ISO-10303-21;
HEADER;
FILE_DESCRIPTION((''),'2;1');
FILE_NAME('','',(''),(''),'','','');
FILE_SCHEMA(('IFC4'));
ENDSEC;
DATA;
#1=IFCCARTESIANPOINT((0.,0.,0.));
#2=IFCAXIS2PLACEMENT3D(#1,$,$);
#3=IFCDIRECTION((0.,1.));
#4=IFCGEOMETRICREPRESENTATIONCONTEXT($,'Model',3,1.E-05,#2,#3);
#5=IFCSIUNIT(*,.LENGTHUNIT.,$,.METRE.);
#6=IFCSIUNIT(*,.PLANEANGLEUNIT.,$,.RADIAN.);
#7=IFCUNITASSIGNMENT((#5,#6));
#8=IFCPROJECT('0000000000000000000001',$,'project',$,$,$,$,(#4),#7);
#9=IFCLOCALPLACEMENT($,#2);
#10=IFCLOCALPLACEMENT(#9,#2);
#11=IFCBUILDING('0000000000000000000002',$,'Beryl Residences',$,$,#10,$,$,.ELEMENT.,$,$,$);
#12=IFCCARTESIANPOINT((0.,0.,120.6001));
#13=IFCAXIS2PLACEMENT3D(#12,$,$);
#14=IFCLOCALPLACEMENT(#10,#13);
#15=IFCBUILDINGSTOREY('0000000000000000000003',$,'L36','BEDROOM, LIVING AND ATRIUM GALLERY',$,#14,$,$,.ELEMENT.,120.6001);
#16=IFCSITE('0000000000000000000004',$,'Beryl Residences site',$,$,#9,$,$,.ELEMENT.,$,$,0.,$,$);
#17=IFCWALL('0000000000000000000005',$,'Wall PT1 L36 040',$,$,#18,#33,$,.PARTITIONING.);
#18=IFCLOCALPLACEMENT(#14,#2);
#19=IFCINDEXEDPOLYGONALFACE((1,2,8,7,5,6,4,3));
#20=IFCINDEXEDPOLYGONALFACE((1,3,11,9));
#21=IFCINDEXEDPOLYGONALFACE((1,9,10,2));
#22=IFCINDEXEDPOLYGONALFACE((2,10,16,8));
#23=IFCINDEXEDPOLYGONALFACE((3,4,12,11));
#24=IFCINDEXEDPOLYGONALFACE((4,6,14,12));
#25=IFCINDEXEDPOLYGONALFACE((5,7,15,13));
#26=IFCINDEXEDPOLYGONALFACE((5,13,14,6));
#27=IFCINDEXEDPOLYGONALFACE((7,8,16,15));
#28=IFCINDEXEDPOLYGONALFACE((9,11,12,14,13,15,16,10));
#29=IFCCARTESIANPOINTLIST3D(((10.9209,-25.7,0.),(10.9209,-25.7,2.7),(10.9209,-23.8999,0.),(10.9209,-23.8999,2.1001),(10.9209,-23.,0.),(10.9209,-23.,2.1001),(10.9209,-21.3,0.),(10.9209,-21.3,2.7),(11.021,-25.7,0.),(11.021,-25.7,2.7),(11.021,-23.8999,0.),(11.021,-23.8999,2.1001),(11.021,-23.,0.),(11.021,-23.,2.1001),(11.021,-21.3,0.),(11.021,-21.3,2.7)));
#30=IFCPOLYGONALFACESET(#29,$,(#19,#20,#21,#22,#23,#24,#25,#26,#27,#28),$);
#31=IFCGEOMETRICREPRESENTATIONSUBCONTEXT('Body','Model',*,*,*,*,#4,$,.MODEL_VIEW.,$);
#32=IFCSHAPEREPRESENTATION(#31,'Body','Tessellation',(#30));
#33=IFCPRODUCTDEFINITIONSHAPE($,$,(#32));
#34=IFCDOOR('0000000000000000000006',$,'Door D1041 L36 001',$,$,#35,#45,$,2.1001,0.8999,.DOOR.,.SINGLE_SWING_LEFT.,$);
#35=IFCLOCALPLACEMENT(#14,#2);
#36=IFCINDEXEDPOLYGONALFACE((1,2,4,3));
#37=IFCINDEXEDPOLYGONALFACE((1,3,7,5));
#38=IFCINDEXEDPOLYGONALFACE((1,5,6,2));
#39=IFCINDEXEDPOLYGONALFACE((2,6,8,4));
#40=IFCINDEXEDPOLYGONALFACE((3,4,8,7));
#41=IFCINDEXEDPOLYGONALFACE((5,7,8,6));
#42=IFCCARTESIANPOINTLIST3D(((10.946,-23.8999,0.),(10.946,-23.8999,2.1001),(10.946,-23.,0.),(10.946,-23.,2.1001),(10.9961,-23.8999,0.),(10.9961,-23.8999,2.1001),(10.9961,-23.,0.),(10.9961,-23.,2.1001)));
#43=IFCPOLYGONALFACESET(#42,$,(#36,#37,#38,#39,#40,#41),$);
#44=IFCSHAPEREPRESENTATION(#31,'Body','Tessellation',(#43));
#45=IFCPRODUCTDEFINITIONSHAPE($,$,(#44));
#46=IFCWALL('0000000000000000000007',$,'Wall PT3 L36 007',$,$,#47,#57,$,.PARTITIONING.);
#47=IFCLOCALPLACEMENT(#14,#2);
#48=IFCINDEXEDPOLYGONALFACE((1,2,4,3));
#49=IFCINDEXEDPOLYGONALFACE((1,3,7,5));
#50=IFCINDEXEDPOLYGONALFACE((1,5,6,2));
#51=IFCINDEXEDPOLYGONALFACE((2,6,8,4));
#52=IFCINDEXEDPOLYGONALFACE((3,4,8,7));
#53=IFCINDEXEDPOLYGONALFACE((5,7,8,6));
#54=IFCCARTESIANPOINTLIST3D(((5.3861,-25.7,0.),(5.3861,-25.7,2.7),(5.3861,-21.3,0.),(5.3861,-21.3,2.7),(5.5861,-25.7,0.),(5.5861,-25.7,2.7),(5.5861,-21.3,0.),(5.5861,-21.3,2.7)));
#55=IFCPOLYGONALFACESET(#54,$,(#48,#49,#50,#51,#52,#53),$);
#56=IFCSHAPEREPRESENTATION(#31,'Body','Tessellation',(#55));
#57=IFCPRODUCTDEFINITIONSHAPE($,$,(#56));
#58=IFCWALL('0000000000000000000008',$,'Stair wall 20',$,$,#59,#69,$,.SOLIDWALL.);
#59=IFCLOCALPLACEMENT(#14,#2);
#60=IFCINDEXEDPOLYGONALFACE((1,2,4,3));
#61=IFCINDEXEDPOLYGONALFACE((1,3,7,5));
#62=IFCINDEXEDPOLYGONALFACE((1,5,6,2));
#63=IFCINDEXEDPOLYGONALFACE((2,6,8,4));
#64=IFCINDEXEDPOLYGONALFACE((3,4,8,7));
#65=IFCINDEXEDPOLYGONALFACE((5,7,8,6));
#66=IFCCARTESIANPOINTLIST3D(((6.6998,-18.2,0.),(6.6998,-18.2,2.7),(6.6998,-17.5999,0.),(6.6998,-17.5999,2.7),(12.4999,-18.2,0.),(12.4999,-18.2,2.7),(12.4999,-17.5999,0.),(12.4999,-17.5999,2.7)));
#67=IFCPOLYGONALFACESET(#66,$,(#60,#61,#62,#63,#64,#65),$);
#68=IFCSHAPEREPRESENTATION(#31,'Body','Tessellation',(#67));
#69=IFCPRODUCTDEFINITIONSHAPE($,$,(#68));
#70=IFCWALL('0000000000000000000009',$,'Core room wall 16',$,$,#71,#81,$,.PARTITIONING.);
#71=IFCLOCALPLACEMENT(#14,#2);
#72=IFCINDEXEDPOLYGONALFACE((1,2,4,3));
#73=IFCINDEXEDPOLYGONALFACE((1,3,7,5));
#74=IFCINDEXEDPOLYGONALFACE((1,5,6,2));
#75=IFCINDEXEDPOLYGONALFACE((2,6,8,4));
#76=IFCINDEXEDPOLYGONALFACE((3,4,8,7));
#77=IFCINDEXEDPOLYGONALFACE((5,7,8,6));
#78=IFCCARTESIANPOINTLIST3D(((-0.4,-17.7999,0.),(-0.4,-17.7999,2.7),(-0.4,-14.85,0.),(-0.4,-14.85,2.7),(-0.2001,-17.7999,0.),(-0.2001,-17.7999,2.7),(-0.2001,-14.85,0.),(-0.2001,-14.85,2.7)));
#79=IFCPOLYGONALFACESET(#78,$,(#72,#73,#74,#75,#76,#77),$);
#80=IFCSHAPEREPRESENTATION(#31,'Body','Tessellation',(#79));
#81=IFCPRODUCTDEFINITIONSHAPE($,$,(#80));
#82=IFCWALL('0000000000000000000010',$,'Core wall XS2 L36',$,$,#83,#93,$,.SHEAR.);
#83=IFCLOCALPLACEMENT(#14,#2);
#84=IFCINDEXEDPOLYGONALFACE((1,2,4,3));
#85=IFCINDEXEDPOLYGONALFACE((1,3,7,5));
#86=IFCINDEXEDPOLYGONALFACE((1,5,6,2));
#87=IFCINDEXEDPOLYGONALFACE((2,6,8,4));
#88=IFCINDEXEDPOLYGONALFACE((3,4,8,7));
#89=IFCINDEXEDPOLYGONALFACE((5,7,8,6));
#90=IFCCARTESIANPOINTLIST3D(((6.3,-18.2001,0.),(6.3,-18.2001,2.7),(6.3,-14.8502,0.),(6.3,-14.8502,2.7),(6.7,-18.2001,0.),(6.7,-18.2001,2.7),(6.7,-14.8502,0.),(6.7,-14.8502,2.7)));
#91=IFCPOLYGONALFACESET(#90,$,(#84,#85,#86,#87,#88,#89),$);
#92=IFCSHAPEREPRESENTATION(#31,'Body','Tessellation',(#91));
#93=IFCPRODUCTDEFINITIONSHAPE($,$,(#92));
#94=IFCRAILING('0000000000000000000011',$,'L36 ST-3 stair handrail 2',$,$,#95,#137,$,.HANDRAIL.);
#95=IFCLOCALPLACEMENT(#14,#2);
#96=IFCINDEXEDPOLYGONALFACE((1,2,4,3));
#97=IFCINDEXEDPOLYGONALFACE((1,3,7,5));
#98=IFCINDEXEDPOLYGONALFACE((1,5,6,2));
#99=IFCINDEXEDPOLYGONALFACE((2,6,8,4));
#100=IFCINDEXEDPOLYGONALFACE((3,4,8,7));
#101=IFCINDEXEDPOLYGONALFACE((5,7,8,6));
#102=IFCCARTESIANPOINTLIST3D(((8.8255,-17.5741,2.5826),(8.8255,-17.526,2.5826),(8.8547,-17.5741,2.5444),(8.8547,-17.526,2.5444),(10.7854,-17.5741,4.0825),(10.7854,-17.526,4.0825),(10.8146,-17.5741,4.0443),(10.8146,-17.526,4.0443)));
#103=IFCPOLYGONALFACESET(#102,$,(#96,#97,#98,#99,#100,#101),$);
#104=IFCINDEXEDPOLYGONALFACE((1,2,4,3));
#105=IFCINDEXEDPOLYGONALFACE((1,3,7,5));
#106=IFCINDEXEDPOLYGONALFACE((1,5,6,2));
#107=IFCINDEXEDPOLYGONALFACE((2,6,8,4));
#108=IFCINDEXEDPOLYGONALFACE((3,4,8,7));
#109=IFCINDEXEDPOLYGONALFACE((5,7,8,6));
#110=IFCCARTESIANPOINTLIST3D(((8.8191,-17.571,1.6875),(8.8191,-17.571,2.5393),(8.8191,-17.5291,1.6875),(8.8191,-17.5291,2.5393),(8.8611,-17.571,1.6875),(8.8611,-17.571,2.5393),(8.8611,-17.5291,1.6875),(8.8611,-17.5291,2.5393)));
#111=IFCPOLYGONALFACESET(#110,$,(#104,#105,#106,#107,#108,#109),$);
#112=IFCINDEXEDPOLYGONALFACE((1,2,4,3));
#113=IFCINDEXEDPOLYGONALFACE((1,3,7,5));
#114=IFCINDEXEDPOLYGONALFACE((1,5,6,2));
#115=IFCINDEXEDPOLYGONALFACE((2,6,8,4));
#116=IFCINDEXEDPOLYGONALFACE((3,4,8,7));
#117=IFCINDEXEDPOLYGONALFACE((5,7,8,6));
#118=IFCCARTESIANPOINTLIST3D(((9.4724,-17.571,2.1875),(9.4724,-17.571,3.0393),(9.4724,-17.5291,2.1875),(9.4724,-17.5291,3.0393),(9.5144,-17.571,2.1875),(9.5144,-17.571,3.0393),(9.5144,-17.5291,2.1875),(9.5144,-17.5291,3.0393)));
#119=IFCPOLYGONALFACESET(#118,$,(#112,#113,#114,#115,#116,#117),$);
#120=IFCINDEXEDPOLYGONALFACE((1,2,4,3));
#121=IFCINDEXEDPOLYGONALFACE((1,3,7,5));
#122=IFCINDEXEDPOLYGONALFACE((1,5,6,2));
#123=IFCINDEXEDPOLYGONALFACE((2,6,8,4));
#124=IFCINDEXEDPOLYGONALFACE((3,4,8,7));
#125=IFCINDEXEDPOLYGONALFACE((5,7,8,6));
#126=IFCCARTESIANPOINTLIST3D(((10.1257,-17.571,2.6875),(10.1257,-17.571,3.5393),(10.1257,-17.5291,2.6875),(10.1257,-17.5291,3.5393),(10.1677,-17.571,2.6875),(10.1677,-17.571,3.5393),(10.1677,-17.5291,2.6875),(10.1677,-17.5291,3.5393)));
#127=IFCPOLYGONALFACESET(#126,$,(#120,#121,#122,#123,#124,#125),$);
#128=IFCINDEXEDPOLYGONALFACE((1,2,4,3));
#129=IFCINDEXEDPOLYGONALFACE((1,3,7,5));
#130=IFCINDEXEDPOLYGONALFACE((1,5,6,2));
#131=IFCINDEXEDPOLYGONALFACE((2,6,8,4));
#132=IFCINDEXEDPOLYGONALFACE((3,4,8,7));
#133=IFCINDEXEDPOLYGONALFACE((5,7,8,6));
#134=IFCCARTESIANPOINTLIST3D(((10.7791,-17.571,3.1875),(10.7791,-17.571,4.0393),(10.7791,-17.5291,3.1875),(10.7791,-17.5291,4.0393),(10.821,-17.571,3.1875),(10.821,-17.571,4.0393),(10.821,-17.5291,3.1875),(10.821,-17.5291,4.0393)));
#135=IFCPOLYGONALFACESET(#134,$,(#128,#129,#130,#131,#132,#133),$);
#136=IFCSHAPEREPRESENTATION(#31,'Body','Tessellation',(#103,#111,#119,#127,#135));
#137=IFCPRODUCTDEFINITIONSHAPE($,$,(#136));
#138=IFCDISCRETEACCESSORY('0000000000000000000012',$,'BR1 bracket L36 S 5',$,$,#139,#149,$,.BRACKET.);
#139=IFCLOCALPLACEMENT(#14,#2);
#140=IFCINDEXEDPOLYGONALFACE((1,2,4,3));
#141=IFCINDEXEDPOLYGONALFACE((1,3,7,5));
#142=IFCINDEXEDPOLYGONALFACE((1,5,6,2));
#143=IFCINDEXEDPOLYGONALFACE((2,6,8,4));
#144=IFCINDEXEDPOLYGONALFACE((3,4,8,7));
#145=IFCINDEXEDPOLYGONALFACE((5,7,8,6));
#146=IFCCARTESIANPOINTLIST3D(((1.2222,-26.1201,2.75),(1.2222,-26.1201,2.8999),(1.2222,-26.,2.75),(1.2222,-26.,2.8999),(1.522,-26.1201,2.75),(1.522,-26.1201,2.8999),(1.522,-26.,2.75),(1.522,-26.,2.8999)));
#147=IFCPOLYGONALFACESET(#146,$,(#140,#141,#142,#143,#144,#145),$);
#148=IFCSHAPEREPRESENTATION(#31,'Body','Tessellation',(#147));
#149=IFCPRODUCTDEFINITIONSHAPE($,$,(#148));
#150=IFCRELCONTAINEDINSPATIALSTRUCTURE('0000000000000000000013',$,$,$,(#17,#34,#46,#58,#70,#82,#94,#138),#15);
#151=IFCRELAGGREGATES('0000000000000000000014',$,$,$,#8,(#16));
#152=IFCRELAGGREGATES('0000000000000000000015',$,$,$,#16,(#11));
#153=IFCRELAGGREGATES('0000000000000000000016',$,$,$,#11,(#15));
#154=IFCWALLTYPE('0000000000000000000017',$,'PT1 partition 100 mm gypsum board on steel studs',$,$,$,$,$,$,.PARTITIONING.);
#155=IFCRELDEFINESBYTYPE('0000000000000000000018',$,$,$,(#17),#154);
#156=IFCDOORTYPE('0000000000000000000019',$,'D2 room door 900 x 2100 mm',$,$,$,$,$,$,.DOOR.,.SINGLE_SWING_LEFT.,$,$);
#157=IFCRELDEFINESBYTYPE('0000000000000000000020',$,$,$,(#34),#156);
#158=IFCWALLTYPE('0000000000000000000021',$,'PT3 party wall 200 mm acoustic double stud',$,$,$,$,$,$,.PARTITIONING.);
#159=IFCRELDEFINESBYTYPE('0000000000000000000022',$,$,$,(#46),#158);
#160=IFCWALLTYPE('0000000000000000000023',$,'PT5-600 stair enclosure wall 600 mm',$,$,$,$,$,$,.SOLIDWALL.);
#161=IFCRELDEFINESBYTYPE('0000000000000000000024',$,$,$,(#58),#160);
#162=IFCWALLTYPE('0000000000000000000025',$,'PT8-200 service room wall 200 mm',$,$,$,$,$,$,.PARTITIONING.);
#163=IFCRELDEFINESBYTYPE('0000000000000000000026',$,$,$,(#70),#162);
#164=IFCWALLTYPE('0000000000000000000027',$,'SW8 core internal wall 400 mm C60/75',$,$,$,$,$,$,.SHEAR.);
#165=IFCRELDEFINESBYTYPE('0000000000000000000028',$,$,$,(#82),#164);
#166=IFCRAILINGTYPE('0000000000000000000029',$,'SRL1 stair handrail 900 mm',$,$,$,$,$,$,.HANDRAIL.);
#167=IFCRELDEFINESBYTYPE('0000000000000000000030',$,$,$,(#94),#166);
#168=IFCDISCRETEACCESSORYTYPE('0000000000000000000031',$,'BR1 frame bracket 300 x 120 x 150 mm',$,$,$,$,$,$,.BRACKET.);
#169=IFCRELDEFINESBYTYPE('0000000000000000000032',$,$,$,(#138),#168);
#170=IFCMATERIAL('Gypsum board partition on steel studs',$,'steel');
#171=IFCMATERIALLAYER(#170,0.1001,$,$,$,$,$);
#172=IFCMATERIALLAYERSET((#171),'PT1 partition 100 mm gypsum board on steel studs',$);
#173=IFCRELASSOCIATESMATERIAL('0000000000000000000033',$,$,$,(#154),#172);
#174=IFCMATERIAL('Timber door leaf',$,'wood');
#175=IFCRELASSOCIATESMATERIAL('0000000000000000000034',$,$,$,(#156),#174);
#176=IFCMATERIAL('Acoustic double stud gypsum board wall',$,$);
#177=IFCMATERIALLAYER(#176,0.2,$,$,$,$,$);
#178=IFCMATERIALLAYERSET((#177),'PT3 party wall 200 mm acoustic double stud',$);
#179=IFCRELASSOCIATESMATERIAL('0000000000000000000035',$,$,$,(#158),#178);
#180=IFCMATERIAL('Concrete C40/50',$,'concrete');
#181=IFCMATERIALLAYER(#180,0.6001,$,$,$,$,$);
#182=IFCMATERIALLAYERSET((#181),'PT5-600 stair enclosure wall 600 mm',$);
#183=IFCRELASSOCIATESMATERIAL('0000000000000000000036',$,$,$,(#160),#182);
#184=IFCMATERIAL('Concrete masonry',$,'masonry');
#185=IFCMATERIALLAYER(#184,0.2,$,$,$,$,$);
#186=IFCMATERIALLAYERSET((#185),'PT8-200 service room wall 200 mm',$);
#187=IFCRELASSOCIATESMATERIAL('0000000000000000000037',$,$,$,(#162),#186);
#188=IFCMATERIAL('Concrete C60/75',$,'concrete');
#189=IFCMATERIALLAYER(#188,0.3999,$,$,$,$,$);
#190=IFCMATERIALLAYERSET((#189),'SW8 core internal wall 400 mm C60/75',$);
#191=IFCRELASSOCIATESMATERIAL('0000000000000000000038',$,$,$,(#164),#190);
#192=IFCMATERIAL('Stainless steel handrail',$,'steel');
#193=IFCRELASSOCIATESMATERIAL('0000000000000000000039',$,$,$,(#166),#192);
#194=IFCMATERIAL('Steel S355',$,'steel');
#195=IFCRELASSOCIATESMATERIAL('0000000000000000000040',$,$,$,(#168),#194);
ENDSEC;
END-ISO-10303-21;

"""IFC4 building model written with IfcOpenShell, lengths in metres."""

from ifc_helpers import new_model, si_unit, direction, frame, frame_2d, origin, origin_2d, place, context, subcontext, project, spatial, polyline, rectangle, outline, extrude, source, transform, mapped, material, layer, layer_set, type_object, type_shapes, element, fill, save


model = new_model("IFC4")

# Units and contexts
model_context = context("Model", 3, precision=1e-05, world=origin(), true_north=direction((0.0, 1.0)))
body_context = subcontext(model_context, "Body", "Model", "MODEL_VIEW")
ifc_project = project(units=[si_unit("LENGTHUNIT", "METRE"), si_unit("PLANEANGLEUNIT", "RADIAN")], contexts=[model_context])

# Site, building, storey
site_placement = place(None, origin())
site = spatial("IfcSite", under=ifc_project, at=site_placement, Name="Beryl Residences site", CompositionType="ELEMENT", RefElevation=0.0)
building_placement = place(site_placement, origin())
building = spatial("IfcBuilding", under=site, at=building_placement, Name="Beryl Residences", CompositionType="ELEMENT")
storey_placement = place(building_placement, frame((0.0, 0.0, 120.6001)))
storey = spatial("IfcBuildingStorey", under=building, at=storey_placement, Name="L36", Description="BEDROOM, LIVING AND ATRIUM GALLERY", CompositionType="ELEMENT", Elevation=120.6001)

# Wall, opening, door
ifc_material_1 = material(Name="Gypsum board partition on steel studs", Category="steel")
ifc_layer_1 = layer(ifc_material_1, 0.1001)
ifc_layer_set_1 = layer_set([ifc_layer_1], Name="PT1 partition 100 mm gypsum board on steel studs")
wall_type_1 = type_object("IfcWallType", Name="PT1 partition 100 mm gypsum board on steel studs", PredefinedType="PARTITIONING", material=ifc_layer_set_1)
ifc_material_2 = material(Name="Timber door leaf", Category="wood")
door_type = type_object("IfcDoorType", Name="D2 room door 900 x 2100 mm", OperationType="SINGLE_SWING_LEFT", PredefinedType="DOOR", material=ifc_material_2)
wall_1_placement = place(storey_placement, frame((10.9709, -25.7, 0.0), z_axis=(0.0, 0.0, 1.0), x_axis=(0.0, 1.0, 0.0)))
wall_1 = element("IfcWall", 1, at=wall_1_placement, inside=storey, type_object=wall_type_1, Name="Wall PT1 L36 040", PredefinedType="PARTITIONING", context=body_context, shape_type="SweptSolid", body=[
    extrude(rectangle(XDim=4.3999, YDim=0.1001, at=frame_2d((2.2, 0.0))), origin(), (0.0, 0.0, 1.0), 2.7),
])
opening_1_placement = place(wall_1_placement, frame((1.8, 0.0, 0.0)))
opening_1 = element("IfcOpeningElement", 2, at=opening_1_placement, cuts=wall_1, PredefinedType="OPENING", context=body_context, shape_type="SweptSolid", body=[
    extrude(rectangle(XDim=0.8999, YDim=2.1001, at=frame_2d((0.45, 1.05))), frame((0.0, 0.0601, 0.0), z_axis=(0.0, -1.0, 0.0), x_axis=(1.0, 0.0, 0.0)), (0.0, 0.0, 1.0), 0.1201),
])
door_1_placement = place(opening_1_placement, origin())
door_1 = element("IfcDoor", 3, at=door_1_placement, inside=storey, type_object=door_type, Name="Door D1041 L36 001", OperationType="SINGLE_SWING_LEFT", OverallHeight=2.1001, OverallWidth=0.8999, PredefinedType="DOOR", context=body_context, shape_type="SweptSolid", body=[
    extrude(rectangle(XDim=0.8999, YDim=2.1001, at=frame_2d((0.45, 1.05))), frame((0.0, 0.0249, 0.0), z_axis=(0.0, -1.0, 0.0), x_axis=(1.0, 0.0, 0.0)), (0.0, 0.0, 1.0), 0.05),
])
fill(opening_1, door_1)

# Walls
ifc_material_3 = material(Name="Acoustic double stud gypsum board wall")
ifc_layer_2 = layer(ifc_material_3, 0.2)
ifc_layer_set_2 = layer_set([ifc_layer_2], Name="PT3 party wall 200 mm acoustic double stud")
wall_type_2 = type_object("IfcWallType", Name="PT3 party wall 200 mm acoustic double stud", PredefinedType="PARTITIONING", material=ifc_layer_set_2)
wall_2_placement = place(storey_placement, frame((5.4861, -25.7, 0.0), z_axis=(0.0, 0.0, 1.0), x_axis=(0.0, 1.0, 0.0)))
element("IfcWall", 4, at=wall_2_placement, inside=storey, type_object=wall_type_2, Name="Wall PT3 L36 007", PredefinedType="PARTITIONING", context=body_context, shape_type="SweptSolid", body=[
    extrude(rectangle(XDim=4.3999, YDim=0.2, at=frame_2d((2.2, 0.0))), origin(), (0.0, 0.0, 1.0), 2.7),
])
ifc_material_4 = material(Name="Concrete C40/50", Category="concrete")
ifc_layer_3 = layer(ifc_material_4, 0.6001)
ifc_layer_set_3 = layer_set([ifc_layer_3], Name="PT5-600 stair enclosure wall 600 mm")
wall_type_3 = type_object("IfcWallType", Name="PT5-600 stair enclosure wall 600 mm", PredefinedType="SOLIDWALL", material=ifc_layer_set_3)
wall_3_placement = place(storey_placement, frame((6.7, -17.8999, 0.0), z_axis=(0.0, 0.0, 1.0), x_axis=(1.0, 0.0, 0.0)))
element("IfcWall", 5, at=wall_3_placement, inside=storey, type_object=wall_type_3, Name="Stair wall 20", PredefinedType="SOLIDWALL", context=body_context, shape_type="SweptSolid", body=[
    extrude(rectangle(XDim=5.8, YDim=0.6001, at=frame_2d((2.8999, 0.0))), origin(), (0.0, 0.0, 1.0), 2.7),
])
ifc_material_5 = material(Name="Concrete masonry", Category="masonry")
ifc_layer_4 = layer(ifc_material_5, 0.2)
ifc_layer_set_4 = layer_set([ifc_layer_4], Name="PT8-200 service room wall 200 mm")
wall_type_4 = type_object("IfcWallType", Name="PT8-200 service room wall 200 mm", PredefinedType="PARTITIONING", material=ifc_layer_set_4)
wall_4_placement = place(storey_placement, frame((-0.3, -17.8, 0.0), z_axis=(0.0, 0.0, 1.0), x_axis=(0.0, 1.0, 0.0)))
element("IfcWall", 6, at=wall_4_placement, inside=storey, type_object=wall_type_4, Name="Core room wall 16", PredefinedType="PARTITIONING", context=body_context, shape_type="SweptSolid", body=[
    extrude(rectangle(XDim=2.95, YDim=0.2, at=frame_2d((1.4751, 0.0))), origin(), (0.0, 0.0, 1.0), 2.7),
])
ifc_material_6 = material(Name="Concrete C60/75", Category="concrete")
ifc_layer_5 = layer(ifc_material_6, 0.3999)
ifc_layer_set_5 = layer_set([ifc_layer_5], Name="SW8 core internal wall 400 mm C60/75")
wall_type_5 = type_object("IfcWallType", Name="SW8 core internal wall 400 mm C60/75", PredefinedType="SHEAR", material=ifc_layer_set_5)
wall_5_placement = place(storey_placement, frame((6.5, -18.2, 0.0), z_axis=(0.0, 0.0, 1.0), x_axis=(0.0, 1.0, 0.0)))
element("IfcWall", 7, at=wall_5_placement, inside=storey, type_object=wall_type_5, Name="Core wall XS2 L36", PredefinedType="SHEAR", context=body_context, shape_type="SweptSolid", body=[
    extrude(rectangle(XDim=3.3499, YDim=0.3999, at=frame_2d((1.6748, 0.0))), origin(), (0.0, 0.0, 1.0), 2.7),
])

# Railing
ifc_material_7 = material(Name="Stainless steel handrail", Category="steel")
railing_type = type_object("IfcRailingType", Name="SRL1 stair handrail 900 mm", PredefinedType="HANDRAIL", material=ifc_material_7)
railing_placement = place(storey_placement, frame((8.8401, -17.55, 1.6875)))
element("IfcRailing", 8, at=railing_placement, inside=storey, type_object=railing_type, Name="L36 ST-3 stair handrail 2", PredefinedType="HANDRAIL", context=body_context, shape_type="SweptSolid", body=[
    extrude(rectangle(XDim=0.0481, YDim=0.0481, at=origin_2d()), frame((0.0, 0.0, 0.876), z_axis=(0.794122, 0.0, 0.607758), x_axis=(0.0, 1.0, 0.0)), (0.0, 0.0, 1.0), 2.468),
    extrude(rectangle(XDim=0.042, YDim=0.042, at=origin_2d()), origin(), (0.0, 0.0, 1.0), 0.8518),
    extrude(rectangle(XDim=0.042, YDim=0.042, at=origin_2d()), frame((0.6533, 0.0, 0.5)), (0.0, 0.0, 1.0), 0.8518),
    extrude(rectangle(XDim=0.042, YDim=0.042, at=origin_2d()), frame((1.3066, 0.0, 1.0)), (0.0, 0.0, 1.0), 0.8518),
    extrude(rectangle(XDim=0.042, YDim=0.042, at=origin_2d()), frame((1.96, 0.0, 1.5)), (0.0, 0.0, 1.0), 0.8518),
])

# Discrete accessory
ifc_material_8 = material(Name="Steel S355", Category="steel")
discrete_accessory_type = type_object("IfcDiscreteAccessoryType", Name="BR1 frame bracket 300 x 120 x 150 mm", PredefinedType="BRACKET", material=ifc_material_8)
shared_shape_1 = source(origin(), body_context, "Body", "SweptSolid", [
    extrude(outline(polyline([(-0.1499, 0.0), (0.1499, 0.0), (0.1499, 0.1201), (-0.1499, 0.1201), (-0.1499, 0.0)])), origin(), (0.0, 0.0, 1.0), 0.1499),
])
type_shapes(discrete_accessory_type, [shared_shape_1])
discrete_accessory_placement = place(storey_placement, frame((1.3721, -26.0, 2.75), z_axis=(0.0, 0.0, 1.0), x_axis=(-1.0, 0.0, 0.0)))
element("IfcDiscreteAccessory", 9, at=discrete_accessory_placement, inside=storey, type_object=discrete_accessory_type, Name="BR1 bracket L36 S 5", PredefinedType="BRACKET", context=body_context, shape_type="MappedRepresentation", body=[
    mapped(shared_shape_1, transform((0.0, 0.0, 0.0))),
])

save(model, "model.ifc")
